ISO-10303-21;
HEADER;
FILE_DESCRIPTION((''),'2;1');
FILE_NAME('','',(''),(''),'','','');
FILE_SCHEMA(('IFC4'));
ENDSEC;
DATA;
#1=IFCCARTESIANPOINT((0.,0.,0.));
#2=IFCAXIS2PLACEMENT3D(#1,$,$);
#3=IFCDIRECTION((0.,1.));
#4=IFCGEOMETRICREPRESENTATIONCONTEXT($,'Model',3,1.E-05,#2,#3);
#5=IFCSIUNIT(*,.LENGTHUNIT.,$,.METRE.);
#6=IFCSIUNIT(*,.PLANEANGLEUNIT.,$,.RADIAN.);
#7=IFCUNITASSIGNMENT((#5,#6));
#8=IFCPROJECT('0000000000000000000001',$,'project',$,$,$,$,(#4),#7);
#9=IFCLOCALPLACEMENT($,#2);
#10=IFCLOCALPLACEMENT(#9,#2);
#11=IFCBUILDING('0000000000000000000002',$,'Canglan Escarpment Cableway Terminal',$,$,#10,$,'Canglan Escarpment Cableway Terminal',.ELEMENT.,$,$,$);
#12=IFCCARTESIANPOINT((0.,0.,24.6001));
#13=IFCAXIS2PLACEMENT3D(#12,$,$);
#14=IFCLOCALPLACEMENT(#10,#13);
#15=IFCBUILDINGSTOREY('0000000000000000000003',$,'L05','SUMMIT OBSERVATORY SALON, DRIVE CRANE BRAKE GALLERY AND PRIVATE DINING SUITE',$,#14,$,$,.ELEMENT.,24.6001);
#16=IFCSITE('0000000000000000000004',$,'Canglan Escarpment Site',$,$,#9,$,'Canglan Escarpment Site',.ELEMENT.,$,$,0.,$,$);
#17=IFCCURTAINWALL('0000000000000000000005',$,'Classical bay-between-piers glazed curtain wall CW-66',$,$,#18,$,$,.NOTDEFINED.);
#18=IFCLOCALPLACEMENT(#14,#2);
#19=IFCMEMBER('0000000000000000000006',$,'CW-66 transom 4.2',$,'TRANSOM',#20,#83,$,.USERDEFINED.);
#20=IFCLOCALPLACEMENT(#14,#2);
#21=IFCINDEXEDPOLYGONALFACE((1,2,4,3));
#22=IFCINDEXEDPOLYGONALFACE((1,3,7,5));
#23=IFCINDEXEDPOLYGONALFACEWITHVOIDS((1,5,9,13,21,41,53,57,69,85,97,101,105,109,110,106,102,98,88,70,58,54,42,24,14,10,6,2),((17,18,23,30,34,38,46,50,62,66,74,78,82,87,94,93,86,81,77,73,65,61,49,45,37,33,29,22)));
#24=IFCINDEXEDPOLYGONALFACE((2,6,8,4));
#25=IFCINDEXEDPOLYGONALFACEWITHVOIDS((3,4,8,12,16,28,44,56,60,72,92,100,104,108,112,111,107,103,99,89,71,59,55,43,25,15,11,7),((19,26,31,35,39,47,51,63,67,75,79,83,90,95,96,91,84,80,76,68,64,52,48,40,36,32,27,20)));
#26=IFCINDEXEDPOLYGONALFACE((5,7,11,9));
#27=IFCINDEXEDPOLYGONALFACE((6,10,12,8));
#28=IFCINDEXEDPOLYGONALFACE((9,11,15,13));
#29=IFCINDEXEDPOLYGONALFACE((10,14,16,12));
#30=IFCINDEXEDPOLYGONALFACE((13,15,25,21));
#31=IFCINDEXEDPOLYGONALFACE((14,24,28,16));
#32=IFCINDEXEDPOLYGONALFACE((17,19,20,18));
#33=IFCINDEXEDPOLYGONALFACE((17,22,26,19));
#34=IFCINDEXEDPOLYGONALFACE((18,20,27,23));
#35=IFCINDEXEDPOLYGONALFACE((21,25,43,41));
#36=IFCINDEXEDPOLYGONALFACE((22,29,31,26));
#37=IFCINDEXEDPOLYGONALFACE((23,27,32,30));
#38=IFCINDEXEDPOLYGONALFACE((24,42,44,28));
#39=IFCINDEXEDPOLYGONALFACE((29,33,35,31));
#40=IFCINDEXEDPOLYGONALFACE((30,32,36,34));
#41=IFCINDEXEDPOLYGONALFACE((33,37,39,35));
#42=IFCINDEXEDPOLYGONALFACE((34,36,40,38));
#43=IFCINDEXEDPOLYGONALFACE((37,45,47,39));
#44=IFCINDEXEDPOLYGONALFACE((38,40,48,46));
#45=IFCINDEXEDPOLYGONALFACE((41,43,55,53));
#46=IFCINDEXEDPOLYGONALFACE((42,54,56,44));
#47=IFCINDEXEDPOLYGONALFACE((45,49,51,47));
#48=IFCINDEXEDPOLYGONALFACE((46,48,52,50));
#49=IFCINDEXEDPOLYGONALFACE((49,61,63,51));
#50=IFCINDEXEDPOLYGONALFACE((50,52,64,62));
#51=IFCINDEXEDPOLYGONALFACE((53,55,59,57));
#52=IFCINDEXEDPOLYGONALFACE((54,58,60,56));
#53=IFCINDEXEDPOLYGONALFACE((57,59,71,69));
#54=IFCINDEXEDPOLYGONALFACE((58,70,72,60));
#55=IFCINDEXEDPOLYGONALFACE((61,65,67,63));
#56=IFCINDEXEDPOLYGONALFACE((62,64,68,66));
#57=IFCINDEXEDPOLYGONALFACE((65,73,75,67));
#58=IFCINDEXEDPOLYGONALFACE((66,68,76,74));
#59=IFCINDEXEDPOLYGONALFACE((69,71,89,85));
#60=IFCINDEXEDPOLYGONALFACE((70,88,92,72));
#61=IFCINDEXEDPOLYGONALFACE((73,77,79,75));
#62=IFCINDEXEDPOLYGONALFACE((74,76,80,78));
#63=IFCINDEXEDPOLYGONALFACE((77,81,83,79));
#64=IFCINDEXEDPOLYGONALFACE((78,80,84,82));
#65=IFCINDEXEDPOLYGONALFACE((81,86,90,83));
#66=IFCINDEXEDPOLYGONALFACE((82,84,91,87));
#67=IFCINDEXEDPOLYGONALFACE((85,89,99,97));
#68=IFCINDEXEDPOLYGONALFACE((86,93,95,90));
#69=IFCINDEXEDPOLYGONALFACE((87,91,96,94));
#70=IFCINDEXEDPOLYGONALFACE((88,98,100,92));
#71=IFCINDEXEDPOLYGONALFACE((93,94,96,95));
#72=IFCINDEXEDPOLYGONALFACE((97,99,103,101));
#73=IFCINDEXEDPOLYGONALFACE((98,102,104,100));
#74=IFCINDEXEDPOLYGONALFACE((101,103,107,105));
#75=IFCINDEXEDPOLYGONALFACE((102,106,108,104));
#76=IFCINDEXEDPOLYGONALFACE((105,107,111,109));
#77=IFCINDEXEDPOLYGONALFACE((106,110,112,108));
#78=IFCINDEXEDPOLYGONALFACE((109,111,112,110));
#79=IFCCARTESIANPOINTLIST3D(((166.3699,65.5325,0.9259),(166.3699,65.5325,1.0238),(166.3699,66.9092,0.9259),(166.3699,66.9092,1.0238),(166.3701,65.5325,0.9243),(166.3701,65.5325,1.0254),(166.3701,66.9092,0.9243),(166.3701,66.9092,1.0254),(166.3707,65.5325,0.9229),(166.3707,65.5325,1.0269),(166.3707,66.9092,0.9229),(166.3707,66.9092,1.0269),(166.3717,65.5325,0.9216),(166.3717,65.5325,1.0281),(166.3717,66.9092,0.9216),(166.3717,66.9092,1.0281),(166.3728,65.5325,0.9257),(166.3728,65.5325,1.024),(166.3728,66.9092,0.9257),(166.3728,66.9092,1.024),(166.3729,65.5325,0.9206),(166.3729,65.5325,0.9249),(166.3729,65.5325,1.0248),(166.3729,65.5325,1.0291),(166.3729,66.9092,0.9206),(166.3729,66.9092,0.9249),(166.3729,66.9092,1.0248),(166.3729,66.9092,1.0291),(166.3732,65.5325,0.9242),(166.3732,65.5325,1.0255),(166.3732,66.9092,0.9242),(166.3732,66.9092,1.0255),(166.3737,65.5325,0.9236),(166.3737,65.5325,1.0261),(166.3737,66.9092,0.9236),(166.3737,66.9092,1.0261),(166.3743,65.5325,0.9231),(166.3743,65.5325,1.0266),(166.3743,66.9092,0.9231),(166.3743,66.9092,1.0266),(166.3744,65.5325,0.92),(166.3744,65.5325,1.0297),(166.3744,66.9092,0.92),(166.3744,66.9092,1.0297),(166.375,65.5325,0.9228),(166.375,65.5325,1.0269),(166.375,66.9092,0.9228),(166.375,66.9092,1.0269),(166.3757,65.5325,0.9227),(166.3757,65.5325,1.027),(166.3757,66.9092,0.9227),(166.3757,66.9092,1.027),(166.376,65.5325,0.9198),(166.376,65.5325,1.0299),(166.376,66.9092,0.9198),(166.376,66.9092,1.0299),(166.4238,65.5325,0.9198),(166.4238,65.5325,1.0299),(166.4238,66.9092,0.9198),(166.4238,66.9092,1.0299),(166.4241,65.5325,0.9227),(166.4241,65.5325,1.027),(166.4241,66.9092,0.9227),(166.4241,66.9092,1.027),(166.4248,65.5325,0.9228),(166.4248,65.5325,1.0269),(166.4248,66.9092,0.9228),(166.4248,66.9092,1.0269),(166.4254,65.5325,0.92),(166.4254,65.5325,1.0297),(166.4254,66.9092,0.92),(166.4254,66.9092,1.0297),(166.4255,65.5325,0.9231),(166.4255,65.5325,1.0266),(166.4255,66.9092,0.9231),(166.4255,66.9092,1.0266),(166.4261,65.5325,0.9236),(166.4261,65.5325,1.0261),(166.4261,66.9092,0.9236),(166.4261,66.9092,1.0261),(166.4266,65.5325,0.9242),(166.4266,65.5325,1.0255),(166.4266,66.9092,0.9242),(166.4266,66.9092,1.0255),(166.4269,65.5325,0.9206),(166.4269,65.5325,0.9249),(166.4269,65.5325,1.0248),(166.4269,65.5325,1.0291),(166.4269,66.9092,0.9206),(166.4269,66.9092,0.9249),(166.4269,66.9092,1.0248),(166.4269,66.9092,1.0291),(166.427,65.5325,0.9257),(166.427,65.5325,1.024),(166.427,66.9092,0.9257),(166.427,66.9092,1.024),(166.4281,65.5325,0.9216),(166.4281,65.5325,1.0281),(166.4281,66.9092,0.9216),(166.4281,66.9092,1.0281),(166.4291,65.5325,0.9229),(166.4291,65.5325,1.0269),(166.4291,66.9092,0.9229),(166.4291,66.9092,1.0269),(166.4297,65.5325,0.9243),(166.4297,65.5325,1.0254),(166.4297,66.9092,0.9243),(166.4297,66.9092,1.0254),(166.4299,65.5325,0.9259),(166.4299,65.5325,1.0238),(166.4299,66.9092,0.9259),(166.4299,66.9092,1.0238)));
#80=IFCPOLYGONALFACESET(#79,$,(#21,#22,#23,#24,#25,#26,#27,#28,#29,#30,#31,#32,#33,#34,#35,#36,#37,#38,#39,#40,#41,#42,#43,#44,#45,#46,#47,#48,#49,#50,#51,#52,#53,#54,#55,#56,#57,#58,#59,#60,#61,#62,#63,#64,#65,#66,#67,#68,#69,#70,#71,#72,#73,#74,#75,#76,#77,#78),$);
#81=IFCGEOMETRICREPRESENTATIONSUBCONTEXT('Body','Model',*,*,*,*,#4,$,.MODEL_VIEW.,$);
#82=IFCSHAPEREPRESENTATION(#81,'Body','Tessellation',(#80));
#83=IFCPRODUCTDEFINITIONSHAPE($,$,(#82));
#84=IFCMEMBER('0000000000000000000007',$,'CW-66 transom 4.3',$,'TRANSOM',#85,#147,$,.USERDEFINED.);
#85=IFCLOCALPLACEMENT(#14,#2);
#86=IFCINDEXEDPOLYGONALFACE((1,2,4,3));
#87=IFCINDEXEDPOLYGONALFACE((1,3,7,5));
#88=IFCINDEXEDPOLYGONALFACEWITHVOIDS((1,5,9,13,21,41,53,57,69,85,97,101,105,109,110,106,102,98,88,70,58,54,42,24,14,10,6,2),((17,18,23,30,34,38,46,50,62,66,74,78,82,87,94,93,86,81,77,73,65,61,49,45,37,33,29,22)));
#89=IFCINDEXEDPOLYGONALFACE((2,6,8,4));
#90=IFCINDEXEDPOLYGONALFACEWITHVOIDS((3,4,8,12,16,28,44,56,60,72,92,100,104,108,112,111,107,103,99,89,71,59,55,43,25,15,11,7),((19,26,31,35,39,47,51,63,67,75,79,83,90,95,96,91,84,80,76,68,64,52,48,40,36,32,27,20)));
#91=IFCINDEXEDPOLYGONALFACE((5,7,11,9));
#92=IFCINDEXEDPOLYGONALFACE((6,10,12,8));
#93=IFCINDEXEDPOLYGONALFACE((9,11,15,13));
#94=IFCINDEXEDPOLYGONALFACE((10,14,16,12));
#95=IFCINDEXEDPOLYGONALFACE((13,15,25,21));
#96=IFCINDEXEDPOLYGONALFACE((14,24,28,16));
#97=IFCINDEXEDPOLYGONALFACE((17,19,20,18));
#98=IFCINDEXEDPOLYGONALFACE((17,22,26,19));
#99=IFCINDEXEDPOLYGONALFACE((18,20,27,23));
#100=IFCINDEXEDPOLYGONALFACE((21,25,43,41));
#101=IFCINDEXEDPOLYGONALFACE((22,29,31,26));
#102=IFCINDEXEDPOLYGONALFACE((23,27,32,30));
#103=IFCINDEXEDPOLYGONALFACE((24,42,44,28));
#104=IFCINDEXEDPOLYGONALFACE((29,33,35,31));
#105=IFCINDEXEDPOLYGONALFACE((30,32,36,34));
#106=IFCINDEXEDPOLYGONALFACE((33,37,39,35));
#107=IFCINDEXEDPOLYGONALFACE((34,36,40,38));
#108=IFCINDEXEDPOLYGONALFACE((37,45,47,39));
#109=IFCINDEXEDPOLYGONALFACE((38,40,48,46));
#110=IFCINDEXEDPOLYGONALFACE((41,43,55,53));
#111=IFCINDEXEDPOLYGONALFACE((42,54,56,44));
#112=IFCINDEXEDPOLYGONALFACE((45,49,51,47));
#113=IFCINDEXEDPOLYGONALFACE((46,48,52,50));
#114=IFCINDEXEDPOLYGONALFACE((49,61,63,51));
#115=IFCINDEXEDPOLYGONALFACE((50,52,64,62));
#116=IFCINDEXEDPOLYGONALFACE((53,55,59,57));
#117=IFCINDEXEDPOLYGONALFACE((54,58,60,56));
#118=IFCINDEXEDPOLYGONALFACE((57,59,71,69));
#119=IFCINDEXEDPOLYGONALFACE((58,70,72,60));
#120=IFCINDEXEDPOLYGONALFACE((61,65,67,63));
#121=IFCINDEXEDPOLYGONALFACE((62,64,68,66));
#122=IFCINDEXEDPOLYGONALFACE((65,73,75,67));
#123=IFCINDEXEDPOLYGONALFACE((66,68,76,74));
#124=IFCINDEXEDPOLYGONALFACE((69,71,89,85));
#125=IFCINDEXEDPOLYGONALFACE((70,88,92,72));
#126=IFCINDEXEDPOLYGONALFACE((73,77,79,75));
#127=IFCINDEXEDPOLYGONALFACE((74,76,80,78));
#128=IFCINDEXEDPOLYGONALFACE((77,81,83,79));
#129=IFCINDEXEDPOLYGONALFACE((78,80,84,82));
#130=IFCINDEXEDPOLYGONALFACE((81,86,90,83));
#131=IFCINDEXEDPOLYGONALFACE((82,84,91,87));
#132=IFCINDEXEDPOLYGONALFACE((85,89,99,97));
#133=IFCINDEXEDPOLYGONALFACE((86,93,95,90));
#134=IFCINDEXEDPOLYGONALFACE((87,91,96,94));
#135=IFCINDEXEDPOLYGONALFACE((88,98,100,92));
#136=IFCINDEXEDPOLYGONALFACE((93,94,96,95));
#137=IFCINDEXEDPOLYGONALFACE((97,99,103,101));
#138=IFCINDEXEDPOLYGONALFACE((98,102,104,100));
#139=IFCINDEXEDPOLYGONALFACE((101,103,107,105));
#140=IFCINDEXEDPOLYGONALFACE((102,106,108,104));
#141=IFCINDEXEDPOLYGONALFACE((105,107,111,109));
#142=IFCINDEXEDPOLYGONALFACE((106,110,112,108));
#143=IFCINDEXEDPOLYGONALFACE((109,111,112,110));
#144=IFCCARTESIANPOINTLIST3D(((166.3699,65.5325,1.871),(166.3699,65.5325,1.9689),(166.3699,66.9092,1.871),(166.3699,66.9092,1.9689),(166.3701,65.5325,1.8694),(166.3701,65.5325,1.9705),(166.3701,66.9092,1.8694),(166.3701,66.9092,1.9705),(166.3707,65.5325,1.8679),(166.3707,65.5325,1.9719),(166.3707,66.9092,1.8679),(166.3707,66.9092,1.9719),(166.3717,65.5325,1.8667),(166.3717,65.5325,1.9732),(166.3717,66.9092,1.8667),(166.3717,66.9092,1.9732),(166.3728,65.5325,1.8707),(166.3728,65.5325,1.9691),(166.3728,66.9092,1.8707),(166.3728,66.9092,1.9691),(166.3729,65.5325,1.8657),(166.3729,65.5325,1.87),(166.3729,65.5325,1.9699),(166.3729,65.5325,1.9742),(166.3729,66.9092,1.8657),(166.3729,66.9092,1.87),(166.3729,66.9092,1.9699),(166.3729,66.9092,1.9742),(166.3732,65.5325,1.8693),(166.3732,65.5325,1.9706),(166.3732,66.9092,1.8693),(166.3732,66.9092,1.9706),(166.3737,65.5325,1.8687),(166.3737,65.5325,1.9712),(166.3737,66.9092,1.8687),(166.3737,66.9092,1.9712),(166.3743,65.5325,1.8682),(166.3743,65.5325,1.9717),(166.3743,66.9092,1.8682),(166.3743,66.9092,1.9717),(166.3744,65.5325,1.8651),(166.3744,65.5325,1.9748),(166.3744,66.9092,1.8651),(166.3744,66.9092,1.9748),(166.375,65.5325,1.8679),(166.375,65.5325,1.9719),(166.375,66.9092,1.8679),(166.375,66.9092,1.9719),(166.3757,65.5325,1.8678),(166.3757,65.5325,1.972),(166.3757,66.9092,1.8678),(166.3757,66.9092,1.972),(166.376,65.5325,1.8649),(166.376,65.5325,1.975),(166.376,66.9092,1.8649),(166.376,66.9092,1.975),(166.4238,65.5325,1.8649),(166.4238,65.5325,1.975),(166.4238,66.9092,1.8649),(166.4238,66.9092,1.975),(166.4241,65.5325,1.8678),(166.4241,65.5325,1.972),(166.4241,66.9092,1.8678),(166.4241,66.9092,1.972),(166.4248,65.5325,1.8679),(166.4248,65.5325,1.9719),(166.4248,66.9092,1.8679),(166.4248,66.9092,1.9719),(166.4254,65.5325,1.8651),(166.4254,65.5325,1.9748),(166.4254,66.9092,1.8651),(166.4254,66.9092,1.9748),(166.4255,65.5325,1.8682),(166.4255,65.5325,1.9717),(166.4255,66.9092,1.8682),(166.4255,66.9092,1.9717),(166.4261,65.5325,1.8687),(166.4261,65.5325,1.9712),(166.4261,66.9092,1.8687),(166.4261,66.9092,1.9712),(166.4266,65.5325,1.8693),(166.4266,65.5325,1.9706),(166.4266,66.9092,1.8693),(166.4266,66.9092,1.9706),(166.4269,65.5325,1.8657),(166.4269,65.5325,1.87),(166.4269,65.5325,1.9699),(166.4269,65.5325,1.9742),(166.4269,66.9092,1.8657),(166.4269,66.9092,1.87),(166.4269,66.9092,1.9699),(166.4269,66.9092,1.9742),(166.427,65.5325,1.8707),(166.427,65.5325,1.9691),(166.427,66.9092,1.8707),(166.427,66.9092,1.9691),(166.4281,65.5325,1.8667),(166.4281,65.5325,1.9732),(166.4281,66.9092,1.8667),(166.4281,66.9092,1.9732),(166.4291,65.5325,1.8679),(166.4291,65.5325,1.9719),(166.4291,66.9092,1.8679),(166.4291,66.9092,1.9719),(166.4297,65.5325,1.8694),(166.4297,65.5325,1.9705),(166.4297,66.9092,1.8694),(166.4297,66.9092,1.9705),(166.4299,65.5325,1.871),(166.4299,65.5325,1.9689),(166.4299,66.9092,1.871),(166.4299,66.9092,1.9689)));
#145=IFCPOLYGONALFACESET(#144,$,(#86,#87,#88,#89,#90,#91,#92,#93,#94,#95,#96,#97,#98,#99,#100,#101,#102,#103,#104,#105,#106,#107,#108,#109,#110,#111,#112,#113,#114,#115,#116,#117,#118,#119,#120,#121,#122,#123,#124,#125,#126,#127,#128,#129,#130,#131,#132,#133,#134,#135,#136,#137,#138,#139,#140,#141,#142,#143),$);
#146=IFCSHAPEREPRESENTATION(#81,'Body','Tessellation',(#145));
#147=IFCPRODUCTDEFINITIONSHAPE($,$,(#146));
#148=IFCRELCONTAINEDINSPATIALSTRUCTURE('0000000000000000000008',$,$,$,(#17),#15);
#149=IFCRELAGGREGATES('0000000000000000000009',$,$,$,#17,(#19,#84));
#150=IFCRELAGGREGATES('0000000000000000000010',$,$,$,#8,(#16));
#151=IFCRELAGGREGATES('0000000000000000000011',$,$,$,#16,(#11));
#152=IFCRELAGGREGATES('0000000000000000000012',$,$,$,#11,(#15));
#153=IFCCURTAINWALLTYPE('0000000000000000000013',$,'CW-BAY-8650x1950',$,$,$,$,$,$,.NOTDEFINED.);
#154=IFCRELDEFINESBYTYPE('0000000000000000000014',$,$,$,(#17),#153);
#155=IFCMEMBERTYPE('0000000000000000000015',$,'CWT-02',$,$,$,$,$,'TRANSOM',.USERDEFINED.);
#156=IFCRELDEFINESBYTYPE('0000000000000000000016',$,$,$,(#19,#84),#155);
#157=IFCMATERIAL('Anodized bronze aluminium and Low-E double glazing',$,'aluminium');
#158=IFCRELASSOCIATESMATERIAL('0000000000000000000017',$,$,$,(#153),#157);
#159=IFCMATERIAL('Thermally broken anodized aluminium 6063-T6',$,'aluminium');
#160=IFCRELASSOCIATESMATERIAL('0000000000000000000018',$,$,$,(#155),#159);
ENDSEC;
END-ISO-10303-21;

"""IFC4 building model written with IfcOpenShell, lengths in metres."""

from ifc_helpers import new_model, si_unit, direction, frame, origin, origin_2d, place, context, subcontext, project, spatial, hollow_rectangle, extrude, material, material_profile, profile_set, type_object, element, aggregate, save


model = new_model("IFC4")

# Units and contexts
model_context = context("Model", 3, precision=1e-05, world=origin(), true_north=direction((0.0, 1.0)))
body_context = subcontext(model_context, "Body", "Model", "MODEL_VIEW")
ifc_project = project(units=[si_unit("LENGTHUNIT", "METRE"), si_unit("PLANEANGLEUNIT", "RADIAN")], contexts=[model_context])

# Site, building, storey
site_placement = place(None, origin())
site = spatial("IfcSite", under=ifc_project, at=site_placement, Name="Canglan Escarpment Site", LongName="Canglan Escarpment Site", CompositionType="ELEMENT", RefElevation=0.0)
building_placement = place(site_placement, origin())
building = spatial("IfcBuilding", under=site, at=building_placement, Name="Canglan Escarpment Cableway Terminal", LongName="Canglan Escarpment Cableway Terminal", CompositionType="ELEMENT")
storey_placement = place(building_placement, frame((0.0, 0.0, 24.6001)))
storey = spatial("IfcBuildingStorey", under=building, at=storey_placement, Name="L05", Description="SUMMIT OBSERVATORY SALON, DRIVE CRANE BRAKE GALLERY AND PRIVATE DINING SUITE", CompositionType="ELEMENT", Elevation=24.6001)

# Shared definitions
ifc_material_1 = material(Name="Anodized bronze aluminium and Low-E double glazing", Category="aluminium")
curtain_wall_type = type_object("IfcCurtainWallType", Name="CW-BAY-8650x1950", PredefinedType="NOTDEFINED", material=ifc_material_1)
ifc_material_2 = material(Name="Thermally broken anodized aluminium 6063-T6", Category="aluminium")

# Curtain wall
curtain_wall_1_placement = place(storey_placement, origin())
curtain_wall_1 = element("IfcCurtainWall", 1, at=curtain_wall_1_placement, inside=storey, type_object=curtain_wall_type, Name="Classical bay-between-piers glazed curtain wall CW-66", PredefinedType="NOTDEFINED")

# Members
ifc_material_profile_1 = material_profile(ifc_material_2, hollow_rectangle(XDim=0.0601, YDim=0.1101, WallThickness=0.0029, InnerFilletRadius=0.0029, OuterFilletRadius=0.0061, at=origin_2d()), Name="ALU-TRAN 60x110x3")
ifc_profile_set_1 = profile_set([ifc_material_profile_1], Name="Thermally broken anodized aluminium 6063-T6")
member_type_1 = type_object("IfcMemberType", Name="CWT-02", ElementType="TRANSOM", PredefinedType="USERDEFINED", material=ifc_profile_set_1)
member_1_placement = place(storey_placement, frame((166.3999, 65.5325, 0.9749), z_axis=(0.0, 1.0, 0.0), x_axis=(-1.0, 0.0, 0.0)))
member_1 = element("IfcMember", 2, at=member_1_placement, type_object=member_type_1, Name="CW-66 transom 4.2", ObjectType="TRANSOM", PredefinedType="USERDEFINED", context=body_context, shape_type="SweptSolid", body=[
    extrude(hollow_rectangle(XDim=0.0601, YDim=0.1101, WallThickness=0.0029, InnerFilletRadius=0.0029, OuterFilletRadius=0.0061, at=origin_2d()), origin(), (0.0, 0.0, 1.0), 1.3767),
])
member_2_placement = place(storey_placement, frame((166.3999, 65.5325, 1.9199), z_axis=(0.0, 1.0, 0.0), x_axis=(-1.0, 0.0, 0.0)))
member_2 = element("IfcMember", 3, at=member_2_placement, type_object=member_type_1, Name="CW-66 transom 4.3", ObjectType="TRANSOM", PredefinedType="USERDEFINED", context=body_context, shape_type="SweptSolid", body=[
    extrude(hollow_rectangle(XDim=0.0601, YDim=0.1101, WallThickness=0.0029, InnerFilletRadius=0.0029, OuterFilletRadius=0.0061, at=origin_2d()), origin(), (0.0, 0.0, 1.0), 1.3767),
])

aggregate(curtain_wall_1, [member_1, member_2])

save(model, "model.ifc")
